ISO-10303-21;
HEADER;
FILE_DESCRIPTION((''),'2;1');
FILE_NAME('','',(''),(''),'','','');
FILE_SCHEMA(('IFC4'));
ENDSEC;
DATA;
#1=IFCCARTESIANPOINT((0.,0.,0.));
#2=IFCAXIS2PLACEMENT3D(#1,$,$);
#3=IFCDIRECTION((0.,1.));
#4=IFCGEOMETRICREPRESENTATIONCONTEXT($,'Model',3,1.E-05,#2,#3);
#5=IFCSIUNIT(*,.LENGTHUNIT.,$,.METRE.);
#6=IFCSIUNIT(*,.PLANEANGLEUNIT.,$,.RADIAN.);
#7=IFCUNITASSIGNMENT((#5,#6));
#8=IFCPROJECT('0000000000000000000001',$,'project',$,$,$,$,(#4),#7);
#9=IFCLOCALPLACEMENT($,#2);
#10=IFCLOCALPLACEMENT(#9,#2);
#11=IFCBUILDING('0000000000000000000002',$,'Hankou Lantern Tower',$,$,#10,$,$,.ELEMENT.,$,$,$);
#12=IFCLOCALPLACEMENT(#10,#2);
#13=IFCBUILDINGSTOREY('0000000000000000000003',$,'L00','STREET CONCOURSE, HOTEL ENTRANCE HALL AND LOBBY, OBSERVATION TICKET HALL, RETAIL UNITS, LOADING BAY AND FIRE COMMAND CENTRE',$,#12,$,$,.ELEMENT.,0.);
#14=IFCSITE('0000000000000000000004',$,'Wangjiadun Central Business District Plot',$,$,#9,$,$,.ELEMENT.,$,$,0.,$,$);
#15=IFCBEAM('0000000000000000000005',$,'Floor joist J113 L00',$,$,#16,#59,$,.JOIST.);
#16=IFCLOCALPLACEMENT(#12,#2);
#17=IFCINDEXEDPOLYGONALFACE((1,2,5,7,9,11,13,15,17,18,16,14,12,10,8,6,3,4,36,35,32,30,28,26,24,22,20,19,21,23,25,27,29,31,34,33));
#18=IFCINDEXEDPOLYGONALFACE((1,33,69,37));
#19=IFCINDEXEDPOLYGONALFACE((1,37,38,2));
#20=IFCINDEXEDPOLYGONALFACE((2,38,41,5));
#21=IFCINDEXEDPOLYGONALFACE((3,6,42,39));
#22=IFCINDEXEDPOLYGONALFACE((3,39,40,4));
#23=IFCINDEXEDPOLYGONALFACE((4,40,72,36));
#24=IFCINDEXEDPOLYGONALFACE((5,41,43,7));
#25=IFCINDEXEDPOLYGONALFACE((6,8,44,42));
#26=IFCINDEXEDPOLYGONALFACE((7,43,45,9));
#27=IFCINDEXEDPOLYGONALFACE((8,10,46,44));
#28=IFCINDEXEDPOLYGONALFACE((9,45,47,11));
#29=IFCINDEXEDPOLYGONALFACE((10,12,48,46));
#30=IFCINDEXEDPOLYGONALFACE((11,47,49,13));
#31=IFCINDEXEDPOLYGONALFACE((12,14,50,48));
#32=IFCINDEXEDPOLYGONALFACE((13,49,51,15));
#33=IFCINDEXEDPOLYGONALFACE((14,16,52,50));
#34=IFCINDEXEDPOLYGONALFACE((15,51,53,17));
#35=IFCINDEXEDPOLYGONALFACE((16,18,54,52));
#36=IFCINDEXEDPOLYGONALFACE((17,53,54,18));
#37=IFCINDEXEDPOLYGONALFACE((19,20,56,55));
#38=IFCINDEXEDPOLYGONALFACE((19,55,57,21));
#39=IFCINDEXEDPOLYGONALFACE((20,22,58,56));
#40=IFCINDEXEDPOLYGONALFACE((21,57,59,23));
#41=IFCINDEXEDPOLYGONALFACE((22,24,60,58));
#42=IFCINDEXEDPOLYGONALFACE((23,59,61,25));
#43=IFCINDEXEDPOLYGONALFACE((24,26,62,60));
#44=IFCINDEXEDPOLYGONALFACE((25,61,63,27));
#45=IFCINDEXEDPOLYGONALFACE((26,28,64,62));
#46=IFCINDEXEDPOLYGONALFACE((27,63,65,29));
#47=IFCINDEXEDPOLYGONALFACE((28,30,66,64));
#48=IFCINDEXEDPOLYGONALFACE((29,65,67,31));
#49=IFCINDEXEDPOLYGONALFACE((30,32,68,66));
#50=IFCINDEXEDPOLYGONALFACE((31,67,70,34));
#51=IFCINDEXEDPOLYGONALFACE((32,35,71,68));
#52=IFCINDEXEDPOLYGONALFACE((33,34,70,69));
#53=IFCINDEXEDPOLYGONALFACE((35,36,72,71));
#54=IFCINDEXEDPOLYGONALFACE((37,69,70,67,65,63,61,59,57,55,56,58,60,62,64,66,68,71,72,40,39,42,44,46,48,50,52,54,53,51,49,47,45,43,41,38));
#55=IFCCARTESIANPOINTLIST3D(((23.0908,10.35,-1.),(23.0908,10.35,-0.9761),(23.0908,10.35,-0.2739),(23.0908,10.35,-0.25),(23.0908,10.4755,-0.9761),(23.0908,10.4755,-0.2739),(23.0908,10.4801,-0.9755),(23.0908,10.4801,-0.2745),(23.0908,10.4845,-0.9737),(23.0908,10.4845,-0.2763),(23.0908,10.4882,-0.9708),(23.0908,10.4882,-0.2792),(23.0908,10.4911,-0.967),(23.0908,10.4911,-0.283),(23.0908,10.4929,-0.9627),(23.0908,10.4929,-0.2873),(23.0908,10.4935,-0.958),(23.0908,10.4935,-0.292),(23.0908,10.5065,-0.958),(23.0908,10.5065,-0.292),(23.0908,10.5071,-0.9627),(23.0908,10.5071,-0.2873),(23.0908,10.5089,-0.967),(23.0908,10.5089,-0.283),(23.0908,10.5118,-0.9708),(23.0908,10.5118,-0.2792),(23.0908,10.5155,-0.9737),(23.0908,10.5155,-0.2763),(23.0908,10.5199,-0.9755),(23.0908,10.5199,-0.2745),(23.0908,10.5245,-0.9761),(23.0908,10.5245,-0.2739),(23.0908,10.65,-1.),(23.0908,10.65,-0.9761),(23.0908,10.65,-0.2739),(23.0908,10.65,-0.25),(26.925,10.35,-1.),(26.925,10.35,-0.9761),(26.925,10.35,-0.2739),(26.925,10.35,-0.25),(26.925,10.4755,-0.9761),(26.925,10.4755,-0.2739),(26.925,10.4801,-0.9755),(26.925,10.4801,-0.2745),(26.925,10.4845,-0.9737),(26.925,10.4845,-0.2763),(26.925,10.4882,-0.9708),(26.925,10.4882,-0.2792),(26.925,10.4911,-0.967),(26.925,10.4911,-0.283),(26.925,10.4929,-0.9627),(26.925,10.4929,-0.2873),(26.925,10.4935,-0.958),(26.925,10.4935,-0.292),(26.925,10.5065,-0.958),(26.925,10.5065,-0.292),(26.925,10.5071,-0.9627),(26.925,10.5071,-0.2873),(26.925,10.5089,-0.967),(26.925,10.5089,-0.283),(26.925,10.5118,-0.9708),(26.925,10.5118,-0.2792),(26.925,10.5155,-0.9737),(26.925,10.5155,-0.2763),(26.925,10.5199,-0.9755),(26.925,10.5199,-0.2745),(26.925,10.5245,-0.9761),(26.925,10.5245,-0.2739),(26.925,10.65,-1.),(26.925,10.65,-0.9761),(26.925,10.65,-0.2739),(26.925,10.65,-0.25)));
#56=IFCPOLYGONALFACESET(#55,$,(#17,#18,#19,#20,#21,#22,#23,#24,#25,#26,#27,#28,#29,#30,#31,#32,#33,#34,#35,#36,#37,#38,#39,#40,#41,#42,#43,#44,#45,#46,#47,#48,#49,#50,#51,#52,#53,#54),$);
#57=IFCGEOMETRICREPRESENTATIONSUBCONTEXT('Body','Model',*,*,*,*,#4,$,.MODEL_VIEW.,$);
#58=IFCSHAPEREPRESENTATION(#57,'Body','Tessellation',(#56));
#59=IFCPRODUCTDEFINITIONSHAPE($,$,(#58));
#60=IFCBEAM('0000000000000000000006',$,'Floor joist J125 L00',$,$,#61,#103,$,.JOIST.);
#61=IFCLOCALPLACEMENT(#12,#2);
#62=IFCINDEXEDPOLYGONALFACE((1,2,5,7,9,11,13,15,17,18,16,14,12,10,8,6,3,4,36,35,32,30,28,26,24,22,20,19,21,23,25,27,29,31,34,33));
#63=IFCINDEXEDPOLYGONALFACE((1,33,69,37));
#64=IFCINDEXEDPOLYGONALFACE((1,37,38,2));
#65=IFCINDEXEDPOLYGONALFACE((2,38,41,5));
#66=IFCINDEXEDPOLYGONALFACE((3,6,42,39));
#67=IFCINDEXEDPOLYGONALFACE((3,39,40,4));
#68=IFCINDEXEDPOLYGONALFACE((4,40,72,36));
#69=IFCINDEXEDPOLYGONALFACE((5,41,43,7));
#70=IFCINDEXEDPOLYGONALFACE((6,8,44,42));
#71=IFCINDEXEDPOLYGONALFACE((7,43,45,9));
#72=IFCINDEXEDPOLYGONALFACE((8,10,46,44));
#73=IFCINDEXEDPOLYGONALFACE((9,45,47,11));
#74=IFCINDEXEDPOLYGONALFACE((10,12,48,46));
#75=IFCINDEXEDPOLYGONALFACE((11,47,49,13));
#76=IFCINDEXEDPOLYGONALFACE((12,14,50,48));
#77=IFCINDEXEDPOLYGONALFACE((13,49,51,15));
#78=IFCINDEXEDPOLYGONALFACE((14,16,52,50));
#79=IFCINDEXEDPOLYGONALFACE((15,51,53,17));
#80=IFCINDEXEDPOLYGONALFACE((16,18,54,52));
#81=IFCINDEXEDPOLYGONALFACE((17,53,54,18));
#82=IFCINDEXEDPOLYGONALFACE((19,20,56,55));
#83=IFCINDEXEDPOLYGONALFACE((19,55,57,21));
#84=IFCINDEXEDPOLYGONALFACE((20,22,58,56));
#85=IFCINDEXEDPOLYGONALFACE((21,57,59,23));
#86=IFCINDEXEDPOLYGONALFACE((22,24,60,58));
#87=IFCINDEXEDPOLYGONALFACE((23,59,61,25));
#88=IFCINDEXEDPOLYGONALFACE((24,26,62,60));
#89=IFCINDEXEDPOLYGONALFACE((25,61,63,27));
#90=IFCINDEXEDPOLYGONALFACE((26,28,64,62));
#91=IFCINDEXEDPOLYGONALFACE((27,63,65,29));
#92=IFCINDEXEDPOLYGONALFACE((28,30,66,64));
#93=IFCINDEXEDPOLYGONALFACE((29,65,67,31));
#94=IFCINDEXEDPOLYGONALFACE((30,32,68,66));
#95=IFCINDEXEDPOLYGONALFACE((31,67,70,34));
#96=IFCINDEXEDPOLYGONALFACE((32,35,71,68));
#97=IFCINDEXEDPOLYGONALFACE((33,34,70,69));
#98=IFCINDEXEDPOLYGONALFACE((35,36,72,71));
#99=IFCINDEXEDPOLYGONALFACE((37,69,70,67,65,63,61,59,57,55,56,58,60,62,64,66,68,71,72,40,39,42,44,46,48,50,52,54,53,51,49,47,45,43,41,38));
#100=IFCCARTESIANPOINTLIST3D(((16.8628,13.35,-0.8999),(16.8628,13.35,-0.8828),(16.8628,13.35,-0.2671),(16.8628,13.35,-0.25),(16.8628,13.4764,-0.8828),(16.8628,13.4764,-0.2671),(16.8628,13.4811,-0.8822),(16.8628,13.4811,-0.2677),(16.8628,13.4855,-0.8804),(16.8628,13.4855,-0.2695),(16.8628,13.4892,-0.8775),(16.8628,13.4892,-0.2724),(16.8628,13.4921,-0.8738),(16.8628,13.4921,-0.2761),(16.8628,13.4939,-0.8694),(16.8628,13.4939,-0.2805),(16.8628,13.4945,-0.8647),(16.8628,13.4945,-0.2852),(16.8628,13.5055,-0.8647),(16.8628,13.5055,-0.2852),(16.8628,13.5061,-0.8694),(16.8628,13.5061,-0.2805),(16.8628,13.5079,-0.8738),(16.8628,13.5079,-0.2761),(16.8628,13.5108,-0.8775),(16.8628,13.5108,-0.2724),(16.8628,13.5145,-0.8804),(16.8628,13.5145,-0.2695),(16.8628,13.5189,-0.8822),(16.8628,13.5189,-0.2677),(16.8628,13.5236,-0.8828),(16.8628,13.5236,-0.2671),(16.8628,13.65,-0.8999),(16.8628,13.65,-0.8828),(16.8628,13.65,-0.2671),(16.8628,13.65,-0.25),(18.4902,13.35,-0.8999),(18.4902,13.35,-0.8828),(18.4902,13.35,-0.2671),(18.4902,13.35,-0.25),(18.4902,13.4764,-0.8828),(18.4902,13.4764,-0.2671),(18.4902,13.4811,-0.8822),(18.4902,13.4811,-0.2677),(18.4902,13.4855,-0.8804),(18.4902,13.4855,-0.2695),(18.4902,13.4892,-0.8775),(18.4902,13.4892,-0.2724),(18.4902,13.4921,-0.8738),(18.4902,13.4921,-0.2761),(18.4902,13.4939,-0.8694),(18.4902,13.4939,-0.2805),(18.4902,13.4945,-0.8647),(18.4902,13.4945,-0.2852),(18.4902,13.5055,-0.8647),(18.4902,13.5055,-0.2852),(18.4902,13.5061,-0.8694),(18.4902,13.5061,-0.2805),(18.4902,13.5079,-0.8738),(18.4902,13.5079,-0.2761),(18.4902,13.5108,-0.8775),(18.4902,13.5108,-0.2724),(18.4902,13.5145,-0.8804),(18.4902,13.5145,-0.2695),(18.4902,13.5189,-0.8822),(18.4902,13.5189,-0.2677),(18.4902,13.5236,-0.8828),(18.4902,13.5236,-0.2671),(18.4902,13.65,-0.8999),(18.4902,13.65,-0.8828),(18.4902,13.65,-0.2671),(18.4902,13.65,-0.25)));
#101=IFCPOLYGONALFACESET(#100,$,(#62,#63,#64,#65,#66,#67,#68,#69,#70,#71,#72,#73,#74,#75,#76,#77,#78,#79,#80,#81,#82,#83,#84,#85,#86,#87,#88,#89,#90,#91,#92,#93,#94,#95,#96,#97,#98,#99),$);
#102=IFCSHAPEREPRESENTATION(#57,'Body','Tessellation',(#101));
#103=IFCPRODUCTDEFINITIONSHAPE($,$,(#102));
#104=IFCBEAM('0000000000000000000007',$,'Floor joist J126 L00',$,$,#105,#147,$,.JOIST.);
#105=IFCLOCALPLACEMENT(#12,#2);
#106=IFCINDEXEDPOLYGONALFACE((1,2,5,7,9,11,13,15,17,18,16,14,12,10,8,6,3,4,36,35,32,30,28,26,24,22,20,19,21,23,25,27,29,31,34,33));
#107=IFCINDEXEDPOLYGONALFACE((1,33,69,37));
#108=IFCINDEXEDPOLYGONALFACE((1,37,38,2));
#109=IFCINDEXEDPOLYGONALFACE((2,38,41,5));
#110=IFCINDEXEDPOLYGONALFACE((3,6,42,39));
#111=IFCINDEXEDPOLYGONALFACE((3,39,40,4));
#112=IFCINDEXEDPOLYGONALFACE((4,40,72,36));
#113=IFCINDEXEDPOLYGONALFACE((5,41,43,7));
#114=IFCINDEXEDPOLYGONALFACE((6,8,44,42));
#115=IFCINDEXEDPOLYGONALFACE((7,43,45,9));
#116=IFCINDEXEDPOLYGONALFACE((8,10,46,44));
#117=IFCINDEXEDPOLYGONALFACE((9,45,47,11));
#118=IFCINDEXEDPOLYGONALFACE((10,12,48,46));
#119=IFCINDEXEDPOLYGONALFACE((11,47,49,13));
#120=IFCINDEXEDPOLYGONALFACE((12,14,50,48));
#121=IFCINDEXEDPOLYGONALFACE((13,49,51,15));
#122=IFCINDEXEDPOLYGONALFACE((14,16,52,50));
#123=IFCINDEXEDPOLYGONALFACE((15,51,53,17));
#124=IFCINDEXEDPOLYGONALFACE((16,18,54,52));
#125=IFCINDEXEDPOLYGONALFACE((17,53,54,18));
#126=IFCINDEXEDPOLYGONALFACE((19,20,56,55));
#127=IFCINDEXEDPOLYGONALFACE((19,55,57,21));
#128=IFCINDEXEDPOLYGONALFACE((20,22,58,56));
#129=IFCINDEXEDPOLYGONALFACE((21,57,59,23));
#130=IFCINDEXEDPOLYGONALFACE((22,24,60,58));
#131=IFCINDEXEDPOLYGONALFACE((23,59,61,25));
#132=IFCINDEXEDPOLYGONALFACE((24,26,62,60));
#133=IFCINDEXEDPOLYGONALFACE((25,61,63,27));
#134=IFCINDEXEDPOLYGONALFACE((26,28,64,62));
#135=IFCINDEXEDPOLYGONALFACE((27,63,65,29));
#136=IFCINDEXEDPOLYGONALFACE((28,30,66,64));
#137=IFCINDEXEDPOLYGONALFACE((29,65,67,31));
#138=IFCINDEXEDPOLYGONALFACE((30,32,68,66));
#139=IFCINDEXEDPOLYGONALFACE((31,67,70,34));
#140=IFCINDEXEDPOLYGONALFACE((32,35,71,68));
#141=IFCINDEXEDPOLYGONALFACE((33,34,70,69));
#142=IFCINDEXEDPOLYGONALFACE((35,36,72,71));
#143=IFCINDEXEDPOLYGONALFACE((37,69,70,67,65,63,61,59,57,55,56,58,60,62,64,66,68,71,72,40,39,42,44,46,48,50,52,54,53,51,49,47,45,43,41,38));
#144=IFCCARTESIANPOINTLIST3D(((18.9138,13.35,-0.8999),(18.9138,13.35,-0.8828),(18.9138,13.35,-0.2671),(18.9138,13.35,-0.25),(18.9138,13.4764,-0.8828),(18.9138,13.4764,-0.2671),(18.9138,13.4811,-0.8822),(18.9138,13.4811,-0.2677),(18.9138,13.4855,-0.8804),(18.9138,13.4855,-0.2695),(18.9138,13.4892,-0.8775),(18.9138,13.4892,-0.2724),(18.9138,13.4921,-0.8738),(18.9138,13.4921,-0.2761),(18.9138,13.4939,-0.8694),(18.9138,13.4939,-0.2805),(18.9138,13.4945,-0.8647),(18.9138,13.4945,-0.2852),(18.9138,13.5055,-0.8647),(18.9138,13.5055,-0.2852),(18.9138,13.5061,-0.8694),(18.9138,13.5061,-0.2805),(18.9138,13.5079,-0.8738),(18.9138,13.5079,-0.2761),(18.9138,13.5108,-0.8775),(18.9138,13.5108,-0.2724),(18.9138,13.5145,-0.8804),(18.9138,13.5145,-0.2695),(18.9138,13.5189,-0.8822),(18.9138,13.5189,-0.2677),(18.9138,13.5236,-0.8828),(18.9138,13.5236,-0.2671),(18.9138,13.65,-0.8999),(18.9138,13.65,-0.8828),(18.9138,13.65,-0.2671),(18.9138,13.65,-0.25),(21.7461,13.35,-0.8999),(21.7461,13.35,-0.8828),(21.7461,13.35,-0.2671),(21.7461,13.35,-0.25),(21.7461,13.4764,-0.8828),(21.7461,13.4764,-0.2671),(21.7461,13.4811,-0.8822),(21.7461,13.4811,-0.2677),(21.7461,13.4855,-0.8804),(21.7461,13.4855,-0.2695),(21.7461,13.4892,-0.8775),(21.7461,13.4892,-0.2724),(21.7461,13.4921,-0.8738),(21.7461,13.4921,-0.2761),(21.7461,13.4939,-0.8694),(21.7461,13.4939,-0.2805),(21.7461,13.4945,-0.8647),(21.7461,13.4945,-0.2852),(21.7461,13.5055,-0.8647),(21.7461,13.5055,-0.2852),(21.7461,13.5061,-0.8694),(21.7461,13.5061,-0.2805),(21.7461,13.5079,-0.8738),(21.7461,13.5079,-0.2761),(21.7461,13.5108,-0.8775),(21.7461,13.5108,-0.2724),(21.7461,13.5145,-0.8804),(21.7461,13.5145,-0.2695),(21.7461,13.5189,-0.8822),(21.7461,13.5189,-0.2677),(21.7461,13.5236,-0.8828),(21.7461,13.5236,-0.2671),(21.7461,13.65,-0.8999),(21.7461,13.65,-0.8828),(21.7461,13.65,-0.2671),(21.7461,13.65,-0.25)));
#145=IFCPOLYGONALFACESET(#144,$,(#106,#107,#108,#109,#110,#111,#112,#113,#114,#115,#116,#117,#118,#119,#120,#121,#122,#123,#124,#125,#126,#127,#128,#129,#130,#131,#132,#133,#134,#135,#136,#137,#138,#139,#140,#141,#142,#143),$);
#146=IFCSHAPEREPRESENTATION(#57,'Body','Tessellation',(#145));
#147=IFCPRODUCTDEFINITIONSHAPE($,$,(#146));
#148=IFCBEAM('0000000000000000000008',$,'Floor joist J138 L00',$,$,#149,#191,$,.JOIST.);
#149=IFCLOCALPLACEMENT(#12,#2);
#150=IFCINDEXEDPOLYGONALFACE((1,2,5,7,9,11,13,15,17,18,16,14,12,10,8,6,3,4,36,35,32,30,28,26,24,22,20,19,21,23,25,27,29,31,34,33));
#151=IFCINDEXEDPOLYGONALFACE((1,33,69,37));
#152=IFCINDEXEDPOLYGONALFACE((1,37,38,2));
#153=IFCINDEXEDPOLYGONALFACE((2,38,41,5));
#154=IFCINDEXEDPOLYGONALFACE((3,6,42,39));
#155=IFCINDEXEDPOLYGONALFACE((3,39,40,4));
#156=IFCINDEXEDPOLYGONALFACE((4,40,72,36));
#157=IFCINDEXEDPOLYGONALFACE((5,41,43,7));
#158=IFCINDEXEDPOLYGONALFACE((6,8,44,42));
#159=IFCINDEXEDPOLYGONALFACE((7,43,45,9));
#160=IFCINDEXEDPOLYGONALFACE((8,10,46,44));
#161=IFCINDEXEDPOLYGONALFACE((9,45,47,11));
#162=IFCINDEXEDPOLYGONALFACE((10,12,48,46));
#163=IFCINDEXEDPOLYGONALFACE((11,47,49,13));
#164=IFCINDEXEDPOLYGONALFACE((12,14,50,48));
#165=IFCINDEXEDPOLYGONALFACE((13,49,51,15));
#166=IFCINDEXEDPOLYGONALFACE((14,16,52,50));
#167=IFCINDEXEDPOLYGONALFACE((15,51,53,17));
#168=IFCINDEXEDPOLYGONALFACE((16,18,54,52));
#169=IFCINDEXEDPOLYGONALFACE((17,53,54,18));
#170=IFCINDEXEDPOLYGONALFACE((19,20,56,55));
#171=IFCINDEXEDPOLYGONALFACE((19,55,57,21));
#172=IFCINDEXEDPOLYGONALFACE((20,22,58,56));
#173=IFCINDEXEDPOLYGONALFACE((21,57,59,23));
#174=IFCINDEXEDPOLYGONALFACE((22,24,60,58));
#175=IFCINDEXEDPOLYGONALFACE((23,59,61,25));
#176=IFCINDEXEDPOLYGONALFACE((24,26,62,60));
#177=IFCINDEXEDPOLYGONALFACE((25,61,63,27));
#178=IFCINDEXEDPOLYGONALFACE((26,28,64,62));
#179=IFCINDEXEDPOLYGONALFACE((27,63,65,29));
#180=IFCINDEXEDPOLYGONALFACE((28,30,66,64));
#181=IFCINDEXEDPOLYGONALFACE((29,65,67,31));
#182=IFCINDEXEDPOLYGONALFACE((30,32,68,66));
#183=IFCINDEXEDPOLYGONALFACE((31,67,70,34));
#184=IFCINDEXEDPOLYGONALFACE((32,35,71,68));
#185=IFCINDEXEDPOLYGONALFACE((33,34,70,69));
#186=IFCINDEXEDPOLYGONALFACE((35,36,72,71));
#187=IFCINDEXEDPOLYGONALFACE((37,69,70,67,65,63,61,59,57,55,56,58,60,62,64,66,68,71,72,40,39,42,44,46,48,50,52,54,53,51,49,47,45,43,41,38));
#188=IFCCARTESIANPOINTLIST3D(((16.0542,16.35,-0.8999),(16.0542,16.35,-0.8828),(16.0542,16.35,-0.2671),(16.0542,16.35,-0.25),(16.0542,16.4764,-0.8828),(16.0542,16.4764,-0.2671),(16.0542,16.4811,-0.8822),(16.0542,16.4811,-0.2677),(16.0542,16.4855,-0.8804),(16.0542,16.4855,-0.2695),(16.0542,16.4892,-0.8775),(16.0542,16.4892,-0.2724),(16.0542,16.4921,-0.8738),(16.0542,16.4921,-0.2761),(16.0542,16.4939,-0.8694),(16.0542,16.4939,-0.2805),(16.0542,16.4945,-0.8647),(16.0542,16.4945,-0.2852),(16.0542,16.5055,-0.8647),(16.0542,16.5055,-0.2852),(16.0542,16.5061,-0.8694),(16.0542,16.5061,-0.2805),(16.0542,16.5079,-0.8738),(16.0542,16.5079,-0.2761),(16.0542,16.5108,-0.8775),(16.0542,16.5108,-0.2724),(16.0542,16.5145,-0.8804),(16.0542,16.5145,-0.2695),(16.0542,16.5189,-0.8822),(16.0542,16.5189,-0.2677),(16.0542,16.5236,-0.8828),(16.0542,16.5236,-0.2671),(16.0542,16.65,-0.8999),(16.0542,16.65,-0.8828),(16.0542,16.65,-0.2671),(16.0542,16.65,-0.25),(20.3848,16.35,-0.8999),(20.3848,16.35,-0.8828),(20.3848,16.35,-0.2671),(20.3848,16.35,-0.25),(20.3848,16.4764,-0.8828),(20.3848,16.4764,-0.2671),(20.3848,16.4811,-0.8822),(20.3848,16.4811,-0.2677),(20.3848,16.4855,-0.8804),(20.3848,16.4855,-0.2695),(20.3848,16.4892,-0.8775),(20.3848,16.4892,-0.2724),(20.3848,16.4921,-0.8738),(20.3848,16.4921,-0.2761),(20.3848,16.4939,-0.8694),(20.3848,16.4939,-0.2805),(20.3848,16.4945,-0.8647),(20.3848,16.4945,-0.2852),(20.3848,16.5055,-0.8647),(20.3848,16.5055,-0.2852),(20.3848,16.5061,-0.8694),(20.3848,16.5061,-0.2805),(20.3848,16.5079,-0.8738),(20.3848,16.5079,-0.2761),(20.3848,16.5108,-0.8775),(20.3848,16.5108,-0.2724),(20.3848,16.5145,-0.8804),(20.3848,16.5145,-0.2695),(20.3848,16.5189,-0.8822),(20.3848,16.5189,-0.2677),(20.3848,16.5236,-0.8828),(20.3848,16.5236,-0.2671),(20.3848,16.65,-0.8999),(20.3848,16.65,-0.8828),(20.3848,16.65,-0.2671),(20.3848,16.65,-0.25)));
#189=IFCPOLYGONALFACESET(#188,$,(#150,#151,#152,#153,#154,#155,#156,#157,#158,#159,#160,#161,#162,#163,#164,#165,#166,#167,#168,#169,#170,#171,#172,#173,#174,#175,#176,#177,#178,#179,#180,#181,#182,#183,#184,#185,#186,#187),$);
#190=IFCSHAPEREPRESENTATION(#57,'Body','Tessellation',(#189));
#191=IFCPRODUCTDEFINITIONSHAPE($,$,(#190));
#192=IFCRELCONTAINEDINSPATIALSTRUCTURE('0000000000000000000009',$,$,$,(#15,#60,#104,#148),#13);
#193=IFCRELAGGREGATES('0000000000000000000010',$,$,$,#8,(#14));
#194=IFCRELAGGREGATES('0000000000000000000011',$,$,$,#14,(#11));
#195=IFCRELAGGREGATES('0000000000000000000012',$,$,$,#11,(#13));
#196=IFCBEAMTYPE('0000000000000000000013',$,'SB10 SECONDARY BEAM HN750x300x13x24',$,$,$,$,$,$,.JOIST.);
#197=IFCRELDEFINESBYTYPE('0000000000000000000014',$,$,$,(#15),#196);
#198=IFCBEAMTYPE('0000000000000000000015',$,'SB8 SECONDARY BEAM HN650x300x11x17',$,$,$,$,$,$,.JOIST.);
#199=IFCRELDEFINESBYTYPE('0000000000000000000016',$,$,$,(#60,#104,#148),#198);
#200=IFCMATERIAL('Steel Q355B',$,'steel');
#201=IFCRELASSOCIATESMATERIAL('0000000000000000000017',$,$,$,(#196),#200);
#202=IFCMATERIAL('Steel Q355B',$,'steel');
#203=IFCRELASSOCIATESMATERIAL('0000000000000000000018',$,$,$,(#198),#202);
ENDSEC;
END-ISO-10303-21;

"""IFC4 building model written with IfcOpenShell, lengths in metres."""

from ifc_helpers import new_model, si_unit, direction, frame, origin, origin_2d, place, context, subcontext, project, spatial, i_section, extrude, material, material_profile, profile_set, type_object, element, save


model = new_model("IFC4")

# Units and contexts
model_context = context("Model", 3, precision=1e-05, world=origin(), true_north=direction((0.0, 1.0)))
body_context = subcontext(model_context, "Body", "Model", "MODEL_VIEW")
ifc_project = project(units=[si_unit("LENGTHUNIT", "METRE"), si_unit("PLANEANGLEUNIT", "RADIAN")], contexts=[model_context])

# Site, building, storey
site_placement = place(None, origin())
site = spatial("IfcSite", under=ifc_project, at=site_placement, Name="Wangjiadun Central Business District Plot", CompositionType="ELEMENT", RefElevation=0.0)
building_placement = place(site_placement, origin())
building = spatial("IfcBuilding", under=site, at=building_placement, Name="Hankou Lantern Tower", CompositionType="ELEMENT")
storey_placement = place(building_placement, origin())
storey = spatial("IfcBuildingStorey", under=building, at=storey_placement, Name="L00", Description="STREET CONCOURSE, HOTEL ENTRANCE HALL AND LOBBY, OBSERVATION TICKET HALL, RETAIL UNITS, LOADING BAY AND FIRE COMMAND CENTRE", CompositionType="ELEMENT", Elevation=0.0)

# Beams
ifc_material_1 = material(Name="Steel Q355B", Category="steel")
ifc_material_profile_1 = material_profile(ifc_material_1, i_section(OverallWidth=0.3, OverallDepth=0.75, WebThickness=0.0129, FlangeThickness=0.0239, FilletRadius=0.0181, at=origin_2d()), Name="HN750x300x13x24")
ifc_profile_set_1 = profile_set([ifc_material_profile_1], Name="Steel Q355B")
beam_type_1 = type_object("IfcBeamType", Name="SB10 SECONDARY BEAM HN750x300x13x24", PredefinedType="JOIST", material=ifc_profile_set_1)
beam_1_placement = place(storey_placement, frame((23.0908, 10.5, -0.625), z_axis=(1.0, 0.0, 0.0), x_axis=(0.0, 1.0, 0.0)))
element("IfcBeam", 1, at=beam_1_placement, inside=storey, type_object=beam_type_1, Name="Floor joist J113 L00", PredefinedType="JOIST", context=body_context, shape_type="SweptSolid", body=[
    extrude(i_section(OverallWidth=0.3, OverallDepth=0.75, WebThickness=0.0129, FlangeThickness=0.0239, FilletRadius=0.0181, at=origin_2d()), origin(), (0.0, 0.0, 1.0), 3.8342),
])
ifc_material_2 = material(Name="Steel Q355B", Category="steel")
ifc_material_profile_2 = material_profile(ifc_material_2, i_section(OverallWidth=0.3, OverallDepth=0.6499, WebThickness=0.011, FlangeThickness=0.0171, FilletRadius=0.0181, at=origin_2d()), Name="HN650x300x11x17")
ifc_profile_set_2 = profile_set([ifc_material_profile_2], Name="Steel Q355B")
beam_type_2 = type_object("IfcBeamType", Name="SB8 SECONDARY BEAM HN650x300x11x17", PredefinedType="JOIST", material=ifc_profile_set_2)
beam_2_placement = place(storey_placement, frame((16.8628, 13.5, -0.575), z_axis=(1.0, 0.0, 0.0), x_axis=(0.0, 1.0, 0.0)))
element("IfcBeam", 2, at=beam_2_placement, inside=storey, type_object=beam_type_2, Name="Floor joist J125 L00", PredefinedType="JOIST", context=body_context, shape_type="SweptSolid", body=[
    extrude(i_section(OverallWidth=0.3, OverallDepth=0.6499, WebThickness=0.011, FlangeThickness=0.0171, FilletRadius=0.0181, at=origin_2d()), origin(), (0.0, 0.0, 1.0), 1.6274),
])
beam_3_placement = place(storey_placement, frame((18.9138, 13.5, -0.575), z_axis=(1.0, 0.0, 0.0), x_axis=(0.0, 1.0, 0.0)))
element("IfcBeam", 3, at=beam_3_placement, inside=storey, type_object=beam_type_2, Name="Floor joist J126 L00", PredefinedType="JOIST", context=body_context, shape_type="SweptSolid", body=[
    extrude(i_section(OverallWidth=0.3, OverallDepth=0.6499, WebThickness=0.011, FlangeThickness=0.0171, FilletRadius=0.0181, at=origin_2d()), origin(), (0.0, 0.0, 1.0), 2.8323),
])
beam_4_placement = place(storey_placement, frame((16.0542, 16.5, -0.575), z_axis=(1.0, 0.0, 0.0), x_axis=(0.0, 1.0, 0.0)))
element("IfcBeam", 4, at=beam_4_placement, inside=storey, type_object=beam_type_2, Name="Floor joist J138 L00", PredefinedType="JOIST", context=body_context, shape_type="SweptSolid", body=[
    extrude(i_section(OverallWidth=0.3, OverallDepth=0.6499, WebThickness=0.011, FlangeThickness=0.0171, FilletRadius=0.0181, at=origin_2d()), origin(), (0.0, 0.0, 1.0), 4.3306),
])

save(model, "model.ifc")
